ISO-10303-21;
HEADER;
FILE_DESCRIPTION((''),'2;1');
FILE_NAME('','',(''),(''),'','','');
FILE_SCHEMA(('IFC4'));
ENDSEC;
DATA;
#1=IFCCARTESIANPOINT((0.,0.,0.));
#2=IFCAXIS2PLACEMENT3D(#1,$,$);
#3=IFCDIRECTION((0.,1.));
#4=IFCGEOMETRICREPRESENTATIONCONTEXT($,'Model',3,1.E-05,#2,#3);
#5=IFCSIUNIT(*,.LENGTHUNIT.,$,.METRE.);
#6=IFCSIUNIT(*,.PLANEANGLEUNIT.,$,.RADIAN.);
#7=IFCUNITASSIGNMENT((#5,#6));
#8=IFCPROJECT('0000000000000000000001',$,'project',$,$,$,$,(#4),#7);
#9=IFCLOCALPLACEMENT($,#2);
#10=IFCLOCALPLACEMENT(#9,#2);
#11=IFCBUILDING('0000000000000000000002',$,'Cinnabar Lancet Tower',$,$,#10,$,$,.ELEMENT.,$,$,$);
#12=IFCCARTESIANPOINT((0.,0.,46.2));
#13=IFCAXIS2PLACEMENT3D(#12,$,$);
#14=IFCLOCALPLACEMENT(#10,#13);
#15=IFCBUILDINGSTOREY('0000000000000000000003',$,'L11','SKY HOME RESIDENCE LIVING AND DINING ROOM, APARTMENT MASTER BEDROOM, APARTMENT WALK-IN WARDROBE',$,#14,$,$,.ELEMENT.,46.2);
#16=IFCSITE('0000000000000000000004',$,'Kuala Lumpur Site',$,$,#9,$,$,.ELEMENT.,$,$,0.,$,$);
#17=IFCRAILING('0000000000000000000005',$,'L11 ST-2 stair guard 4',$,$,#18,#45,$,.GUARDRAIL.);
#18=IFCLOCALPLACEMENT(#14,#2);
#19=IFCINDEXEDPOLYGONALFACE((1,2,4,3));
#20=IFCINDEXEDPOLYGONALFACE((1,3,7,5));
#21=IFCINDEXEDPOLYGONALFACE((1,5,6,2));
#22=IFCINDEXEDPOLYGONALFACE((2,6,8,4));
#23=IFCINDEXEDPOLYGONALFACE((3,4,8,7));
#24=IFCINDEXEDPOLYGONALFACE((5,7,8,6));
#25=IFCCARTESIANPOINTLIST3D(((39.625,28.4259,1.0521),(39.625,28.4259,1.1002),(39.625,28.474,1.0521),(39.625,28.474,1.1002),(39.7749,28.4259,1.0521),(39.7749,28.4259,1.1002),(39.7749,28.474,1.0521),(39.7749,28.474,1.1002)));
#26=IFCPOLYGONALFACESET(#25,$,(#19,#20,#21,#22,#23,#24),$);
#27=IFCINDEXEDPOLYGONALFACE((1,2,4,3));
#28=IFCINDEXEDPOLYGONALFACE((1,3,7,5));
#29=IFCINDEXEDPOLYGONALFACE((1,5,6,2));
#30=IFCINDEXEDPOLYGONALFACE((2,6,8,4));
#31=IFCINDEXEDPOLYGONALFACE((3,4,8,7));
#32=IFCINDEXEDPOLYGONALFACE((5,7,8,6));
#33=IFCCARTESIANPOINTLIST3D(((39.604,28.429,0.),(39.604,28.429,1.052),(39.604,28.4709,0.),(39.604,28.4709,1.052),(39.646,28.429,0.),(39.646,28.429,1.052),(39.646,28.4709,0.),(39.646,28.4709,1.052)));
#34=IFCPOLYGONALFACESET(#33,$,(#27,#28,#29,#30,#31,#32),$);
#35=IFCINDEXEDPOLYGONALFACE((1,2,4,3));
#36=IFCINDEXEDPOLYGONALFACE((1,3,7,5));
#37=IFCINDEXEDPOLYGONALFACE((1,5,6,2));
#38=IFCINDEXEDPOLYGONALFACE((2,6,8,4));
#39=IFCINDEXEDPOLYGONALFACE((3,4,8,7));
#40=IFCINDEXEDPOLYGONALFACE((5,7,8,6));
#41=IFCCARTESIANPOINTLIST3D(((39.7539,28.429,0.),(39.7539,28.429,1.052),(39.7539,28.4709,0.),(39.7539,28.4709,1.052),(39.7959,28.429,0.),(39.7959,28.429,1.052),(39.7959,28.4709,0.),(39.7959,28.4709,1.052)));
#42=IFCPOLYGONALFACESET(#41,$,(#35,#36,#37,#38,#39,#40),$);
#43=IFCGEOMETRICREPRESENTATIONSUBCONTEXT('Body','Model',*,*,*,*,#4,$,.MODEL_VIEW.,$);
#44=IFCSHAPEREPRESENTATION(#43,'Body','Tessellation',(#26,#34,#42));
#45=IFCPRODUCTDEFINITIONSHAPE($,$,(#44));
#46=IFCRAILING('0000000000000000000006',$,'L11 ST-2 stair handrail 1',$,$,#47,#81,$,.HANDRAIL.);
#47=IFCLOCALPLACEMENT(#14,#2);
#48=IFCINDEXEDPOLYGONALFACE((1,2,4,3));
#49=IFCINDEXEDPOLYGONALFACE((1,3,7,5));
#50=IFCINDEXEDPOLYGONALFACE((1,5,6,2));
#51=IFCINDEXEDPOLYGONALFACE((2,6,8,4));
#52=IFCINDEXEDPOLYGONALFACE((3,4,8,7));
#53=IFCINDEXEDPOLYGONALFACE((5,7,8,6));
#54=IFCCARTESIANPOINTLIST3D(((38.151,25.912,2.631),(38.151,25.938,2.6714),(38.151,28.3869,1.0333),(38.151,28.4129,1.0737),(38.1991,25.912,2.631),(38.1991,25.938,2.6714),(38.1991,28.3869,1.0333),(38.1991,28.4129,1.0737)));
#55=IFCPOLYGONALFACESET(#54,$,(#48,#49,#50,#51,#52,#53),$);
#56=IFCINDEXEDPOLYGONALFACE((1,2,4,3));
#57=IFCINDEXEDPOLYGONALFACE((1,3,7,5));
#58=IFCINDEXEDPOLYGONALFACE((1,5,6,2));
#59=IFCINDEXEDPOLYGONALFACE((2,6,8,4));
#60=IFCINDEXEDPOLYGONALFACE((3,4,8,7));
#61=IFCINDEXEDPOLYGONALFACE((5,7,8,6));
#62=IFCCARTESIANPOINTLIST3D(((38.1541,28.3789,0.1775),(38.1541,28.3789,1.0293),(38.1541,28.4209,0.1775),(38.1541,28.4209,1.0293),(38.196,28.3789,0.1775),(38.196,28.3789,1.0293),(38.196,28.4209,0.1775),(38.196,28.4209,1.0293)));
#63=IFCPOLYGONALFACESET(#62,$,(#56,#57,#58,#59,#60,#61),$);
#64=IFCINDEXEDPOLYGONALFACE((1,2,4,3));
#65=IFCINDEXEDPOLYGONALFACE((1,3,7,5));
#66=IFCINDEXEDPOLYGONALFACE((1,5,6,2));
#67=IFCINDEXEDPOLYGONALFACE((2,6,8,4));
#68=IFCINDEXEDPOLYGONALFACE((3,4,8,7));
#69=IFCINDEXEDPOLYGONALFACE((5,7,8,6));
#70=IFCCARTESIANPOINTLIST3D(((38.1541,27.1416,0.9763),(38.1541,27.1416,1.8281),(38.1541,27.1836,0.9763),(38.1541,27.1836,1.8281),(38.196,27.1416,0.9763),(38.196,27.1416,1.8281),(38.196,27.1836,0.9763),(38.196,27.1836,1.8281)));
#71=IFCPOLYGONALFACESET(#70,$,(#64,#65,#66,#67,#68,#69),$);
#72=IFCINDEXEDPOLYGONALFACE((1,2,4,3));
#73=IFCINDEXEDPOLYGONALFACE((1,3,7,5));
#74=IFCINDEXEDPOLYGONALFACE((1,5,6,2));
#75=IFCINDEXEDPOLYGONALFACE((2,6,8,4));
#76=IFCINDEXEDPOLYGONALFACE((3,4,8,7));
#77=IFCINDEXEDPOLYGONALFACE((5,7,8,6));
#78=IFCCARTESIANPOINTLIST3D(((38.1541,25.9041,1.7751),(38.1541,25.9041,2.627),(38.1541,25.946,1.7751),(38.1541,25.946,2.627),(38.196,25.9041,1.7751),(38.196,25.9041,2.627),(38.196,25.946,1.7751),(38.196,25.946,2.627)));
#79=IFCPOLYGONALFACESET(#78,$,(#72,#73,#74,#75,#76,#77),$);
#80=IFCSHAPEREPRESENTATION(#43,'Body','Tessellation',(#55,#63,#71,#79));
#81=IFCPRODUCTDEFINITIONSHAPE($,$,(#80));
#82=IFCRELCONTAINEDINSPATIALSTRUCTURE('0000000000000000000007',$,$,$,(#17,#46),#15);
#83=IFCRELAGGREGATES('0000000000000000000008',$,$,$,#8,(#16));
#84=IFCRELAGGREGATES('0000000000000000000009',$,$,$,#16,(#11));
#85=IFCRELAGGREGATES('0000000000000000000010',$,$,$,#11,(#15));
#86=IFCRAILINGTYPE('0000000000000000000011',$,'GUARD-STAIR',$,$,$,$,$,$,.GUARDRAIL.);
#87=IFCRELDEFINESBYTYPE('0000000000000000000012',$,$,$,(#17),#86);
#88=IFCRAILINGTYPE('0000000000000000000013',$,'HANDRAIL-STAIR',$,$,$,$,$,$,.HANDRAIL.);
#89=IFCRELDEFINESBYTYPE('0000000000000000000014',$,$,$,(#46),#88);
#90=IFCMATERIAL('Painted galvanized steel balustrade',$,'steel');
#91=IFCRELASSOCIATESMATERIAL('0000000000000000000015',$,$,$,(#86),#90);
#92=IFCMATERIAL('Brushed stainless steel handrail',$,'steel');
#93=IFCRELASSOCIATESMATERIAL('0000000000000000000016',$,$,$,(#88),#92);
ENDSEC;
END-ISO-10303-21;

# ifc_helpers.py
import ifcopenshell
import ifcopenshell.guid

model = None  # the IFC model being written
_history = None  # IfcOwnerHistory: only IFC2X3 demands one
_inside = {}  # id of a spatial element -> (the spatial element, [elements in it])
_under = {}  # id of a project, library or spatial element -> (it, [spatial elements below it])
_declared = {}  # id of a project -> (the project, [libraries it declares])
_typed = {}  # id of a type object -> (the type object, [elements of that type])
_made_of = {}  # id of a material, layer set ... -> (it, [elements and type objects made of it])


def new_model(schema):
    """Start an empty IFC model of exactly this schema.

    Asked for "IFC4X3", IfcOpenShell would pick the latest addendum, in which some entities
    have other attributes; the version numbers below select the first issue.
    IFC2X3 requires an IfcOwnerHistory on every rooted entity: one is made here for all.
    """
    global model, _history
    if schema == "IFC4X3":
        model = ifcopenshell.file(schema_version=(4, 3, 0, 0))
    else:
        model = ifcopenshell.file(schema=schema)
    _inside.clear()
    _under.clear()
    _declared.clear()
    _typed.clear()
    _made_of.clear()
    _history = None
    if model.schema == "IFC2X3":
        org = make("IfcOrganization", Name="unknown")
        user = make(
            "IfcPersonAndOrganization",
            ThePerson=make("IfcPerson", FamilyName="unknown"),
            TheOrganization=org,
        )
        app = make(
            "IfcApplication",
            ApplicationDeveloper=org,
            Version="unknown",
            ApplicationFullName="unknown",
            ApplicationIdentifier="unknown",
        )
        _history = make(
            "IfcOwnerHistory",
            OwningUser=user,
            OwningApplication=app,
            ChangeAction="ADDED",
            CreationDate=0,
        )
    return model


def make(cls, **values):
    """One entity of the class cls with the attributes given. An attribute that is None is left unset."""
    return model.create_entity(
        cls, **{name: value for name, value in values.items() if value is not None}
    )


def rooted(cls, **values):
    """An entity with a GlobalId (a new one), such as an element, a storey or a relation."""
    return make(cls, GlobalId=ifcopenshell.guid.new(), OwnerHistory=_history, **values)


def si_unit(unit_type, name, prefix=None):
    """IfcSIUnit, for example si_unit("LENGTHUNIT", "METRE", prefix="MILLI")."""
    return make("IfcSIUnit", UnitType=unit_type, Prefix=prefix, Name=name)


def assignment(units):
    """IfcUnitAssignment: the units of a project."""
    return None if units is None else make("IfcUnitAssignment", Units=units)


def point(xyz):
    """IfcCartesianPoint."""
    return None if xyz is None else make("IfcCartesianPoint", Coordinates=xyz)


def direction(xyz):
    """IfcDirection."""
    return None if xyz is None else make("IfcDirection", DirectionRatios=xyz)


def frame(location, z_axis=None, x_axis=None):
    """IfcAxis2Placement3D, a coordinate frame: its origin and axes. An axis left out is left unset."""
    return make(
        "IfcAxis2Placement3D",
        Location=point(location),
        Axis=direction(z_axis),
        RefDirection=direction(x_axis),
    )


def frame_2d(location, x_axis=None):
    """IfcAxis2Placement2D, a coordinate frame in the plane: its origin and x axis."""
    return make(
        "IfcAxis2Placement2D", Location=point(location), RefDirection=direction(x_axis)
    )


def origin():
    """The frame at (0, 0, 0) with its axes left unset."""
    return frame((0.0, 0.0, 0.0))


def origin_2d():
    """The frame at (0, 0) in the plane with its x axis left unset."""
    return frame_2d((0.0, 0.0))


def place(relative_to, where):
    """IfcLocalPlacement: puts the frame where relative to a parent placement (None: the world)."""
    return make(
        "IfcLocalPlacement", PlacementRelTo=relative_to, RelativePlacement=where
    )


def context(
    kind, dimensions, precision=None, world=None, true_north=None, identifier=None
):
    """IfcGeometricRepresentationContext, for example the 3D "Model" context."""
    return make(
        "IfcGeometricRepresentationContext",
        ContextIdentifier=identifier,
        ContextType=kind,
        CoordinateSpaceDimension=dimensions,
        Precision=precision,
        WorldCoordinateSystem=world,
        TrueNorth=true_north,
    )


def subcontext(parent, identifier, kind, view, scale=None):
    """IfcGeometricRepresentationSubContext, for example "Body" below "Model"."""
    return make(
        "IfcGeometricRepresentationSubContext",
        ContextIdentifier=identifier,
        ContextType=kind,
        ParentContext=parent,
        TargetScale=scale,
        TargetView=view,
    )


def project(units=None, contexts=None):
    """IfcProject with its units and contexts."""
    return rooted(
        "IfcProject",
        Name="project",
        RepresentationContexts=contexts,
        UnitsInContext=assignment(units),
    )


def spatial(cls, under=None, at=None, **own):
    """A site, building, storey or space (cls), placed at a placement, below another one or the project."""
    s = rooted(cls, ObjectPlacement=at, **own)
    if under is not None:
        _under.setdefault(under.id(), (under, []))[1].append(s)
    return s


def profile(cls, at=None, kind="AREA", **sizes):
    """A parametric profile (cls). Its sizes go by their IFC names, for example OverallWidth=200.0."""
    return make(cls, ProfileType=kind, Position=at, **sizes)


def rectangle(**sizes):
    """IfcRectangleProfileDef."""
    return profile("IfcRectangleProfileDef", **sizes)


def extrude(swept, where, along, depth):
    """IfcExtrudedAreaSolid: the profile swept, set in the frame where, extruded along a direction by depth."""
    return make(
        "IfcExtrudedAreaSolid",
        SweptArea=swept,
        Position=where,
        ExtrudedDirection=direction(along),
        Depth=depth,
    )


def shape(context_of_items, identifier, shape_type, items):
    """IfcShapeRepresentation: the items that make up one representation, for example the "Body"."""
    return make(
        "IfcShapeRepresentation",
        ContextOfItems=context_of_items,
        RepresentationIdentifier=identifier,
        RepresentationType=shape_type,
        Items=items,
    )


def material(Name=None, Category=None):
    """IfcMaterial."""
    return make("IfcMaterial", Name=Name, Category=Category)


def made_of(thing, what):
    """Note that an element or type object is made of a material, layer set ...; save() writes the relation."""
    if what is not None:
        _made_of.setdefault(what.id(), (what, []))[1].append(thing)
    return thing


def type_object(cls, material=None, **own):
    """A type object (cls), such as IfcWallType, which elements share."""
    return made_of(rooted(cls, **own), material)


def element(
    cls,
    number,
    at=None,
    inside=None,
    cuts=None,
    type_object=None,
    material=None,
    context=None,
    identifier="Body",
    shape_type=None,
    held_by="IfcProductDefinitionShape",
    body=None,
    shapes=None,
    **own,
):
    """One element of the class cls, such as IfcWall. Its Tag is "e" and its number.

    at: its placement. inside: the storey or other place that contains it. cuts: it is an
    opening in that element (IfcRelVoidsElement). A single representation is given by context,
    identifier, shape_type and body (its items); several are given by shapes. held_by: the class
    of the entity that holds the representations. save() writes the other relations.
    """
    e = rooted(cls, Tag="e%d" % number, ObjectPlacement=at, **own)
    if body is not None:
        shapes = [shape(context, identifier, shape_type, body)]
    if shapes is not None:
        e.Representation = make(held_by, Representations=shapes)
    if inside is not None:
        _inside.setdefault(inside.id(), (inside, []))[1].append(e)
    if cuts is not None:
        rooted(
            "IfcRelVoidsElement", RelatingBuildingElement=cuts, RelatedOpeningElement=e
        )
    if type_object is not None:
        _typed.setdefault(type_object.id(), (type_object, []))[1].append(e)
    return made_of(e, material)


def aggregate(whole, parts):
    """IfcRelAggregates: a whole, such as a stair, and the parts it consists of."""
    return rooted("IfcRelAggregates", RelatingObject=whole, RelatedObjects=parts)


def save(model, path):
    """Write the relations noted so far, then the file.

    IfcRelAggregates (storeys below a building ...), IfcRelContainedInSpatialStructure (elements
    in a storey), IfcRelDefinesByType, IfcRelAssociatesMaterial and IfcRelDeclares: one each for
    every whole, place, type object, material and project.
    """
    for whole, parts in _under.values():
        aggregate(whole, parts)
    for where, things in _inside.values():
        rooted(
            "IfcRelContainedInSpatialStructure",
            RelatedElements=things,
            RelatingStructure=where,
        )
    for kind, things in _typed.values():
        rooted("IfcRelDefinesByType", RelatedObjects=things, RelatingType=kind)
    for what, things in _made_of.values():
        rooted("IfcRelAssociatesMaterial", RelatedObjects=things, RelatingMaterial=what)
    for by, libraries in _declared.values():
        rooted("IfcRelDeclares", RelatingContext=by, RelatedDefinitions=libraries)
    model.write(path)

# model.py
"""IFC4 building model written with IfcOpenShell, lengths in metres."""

from ifc_helpers import new_model, si_unit, direction, frame, origin, origin_2d, place, context, subcontext, project, spatial, rectangle, extrude, material, type_object, element, save


model = new_model("IFC4")

# Units and contexts
model_context = context("Model", 3, precision=1e-05, world=origin(), true_north=direction((0.0, 1.0)))
body_context = subcontext(model_context, "Body", "Model", "MODEL_VIEW")
ifc_project = project(units=[si_unit("LENGTHUNIT", "METRE"), si_unit("PLANEANGLEUNIT", "RADIAN")], contexts=[model_context])

# Site, building, storey
site_placement = place(None, origin())
site = spatial("IfcSite", under=ifc_project, at=site_placement, Name="Kuala Lumpur Site", CompositionType="ELEMENT", RefElevation=0.0)
building_placement = place(site_placement, origin())
building = spatial("IfcBuilding", under=site, at=building_placement, Name="Cinnabar Lancet Tower", CompositionType="ELEMENT")
storey_placement = place(building_placement, frame((0.0, 0.0, 46.2)))
storey = spatial("IfcBuildingStorey", under=building, at=storey_placement, Name="L11", Description="SKY HOME RESIDENCE LIVING AND DINING ROOM, APARTMENT MASTER BEDROOM, APARTMENT WALK-IN WARDROBE", CompositionType="ELEMENT", Elevation=46.2)

# Railings
ifc_material_1 = material(Name="Painted galvanized steel balustrade", Category="steel")
railing_type_1 = type_object("IfcRailingType", Name="GUARD-STAIR", PredefinedType="GUARDRAIL", material=ifc_material_1)
railing_1_placement = place(storey_placement, frame((39.625, 28.45, 0.0)))
element("IfcRailing", 1, at=railing_1_placement, inside=storey, type_object=railing_type_1, Name="L11 ST-2 stair guard 4", PredefinedType="GUARDRAIL", context=body_context, shape_type="SweptSolid", body=[
    extrude(rectangle(XDim=0.0481, YDim=0.0481, at=origin_2d()), frame((0.0, 0.0, 1.0762), z_axis=(1.0, 0.0, 0.0), x_axis=(0.0, 1.0, 0.0)), (0.0, 0.0, 1.0), 0.1499),
    extrude(rectangle(XDim=0.042, YDim=0.042, at=origin_2d()), origin(), (0.0, 0.0, 1.0), 1.052),
    extrude(rectangle(XDim=0.042, YDim=0.042, at=origin_2d()), frame((0.1499, 0.0, 0.0)), (0.0, 0.0, 1.0), 1.052),
])
ifc_material_2 = material(Name="Brushed stainless steel handrail", Category="steel")
railing_type_2 = type_object("IfcRailingType", Name="HANDRAIL-STAIR", PredefinedType="HANDRAIL", material=ifc_material_2)
railing_2_placement = place(storey_placement, frame((38.175, 28.3999, 0.1775)))
element("IfcRailing", 2, at=railing_2_placement, inside=storey, type_object=railing_type_2, Name="L11 ST-2 stair handrail 1", PredefinedType="HANDRAIL", context=body_context, shape_type="SweptSolid", body=[
    extrude(rectangle(XDim=0.0481, YDim=0.0481, at=origin_2d()), frame((0.0, 0.0, 0.876), z_axis=(0.0, -0.840146, 0.542361), x_axis=(1.0, 0.0, 0.0)), (0.0, 0.0, 1.0), 2.9458),
    extrude(rectangle(XDim=0.042, YDim=0.042, at=origin_2d()), origin(), (0.0, 0.0, 1.0), 0.8518),
    extrude(rectangle(XDim=0.042, YDim=0.042, at=origin_2d()), frame((0.0, -1.2373, 0.7988)), (0.0, 0.0, 1.0), 0.8518),
    extrude(rectangle(XDim=0.042, YDim=0.042, at=origin_2d()), frame((0.0, -2.4749, 1.5977)), (0.0, 0.0, 1.0), 0.8518),
])

save(model, "model.ifc")
